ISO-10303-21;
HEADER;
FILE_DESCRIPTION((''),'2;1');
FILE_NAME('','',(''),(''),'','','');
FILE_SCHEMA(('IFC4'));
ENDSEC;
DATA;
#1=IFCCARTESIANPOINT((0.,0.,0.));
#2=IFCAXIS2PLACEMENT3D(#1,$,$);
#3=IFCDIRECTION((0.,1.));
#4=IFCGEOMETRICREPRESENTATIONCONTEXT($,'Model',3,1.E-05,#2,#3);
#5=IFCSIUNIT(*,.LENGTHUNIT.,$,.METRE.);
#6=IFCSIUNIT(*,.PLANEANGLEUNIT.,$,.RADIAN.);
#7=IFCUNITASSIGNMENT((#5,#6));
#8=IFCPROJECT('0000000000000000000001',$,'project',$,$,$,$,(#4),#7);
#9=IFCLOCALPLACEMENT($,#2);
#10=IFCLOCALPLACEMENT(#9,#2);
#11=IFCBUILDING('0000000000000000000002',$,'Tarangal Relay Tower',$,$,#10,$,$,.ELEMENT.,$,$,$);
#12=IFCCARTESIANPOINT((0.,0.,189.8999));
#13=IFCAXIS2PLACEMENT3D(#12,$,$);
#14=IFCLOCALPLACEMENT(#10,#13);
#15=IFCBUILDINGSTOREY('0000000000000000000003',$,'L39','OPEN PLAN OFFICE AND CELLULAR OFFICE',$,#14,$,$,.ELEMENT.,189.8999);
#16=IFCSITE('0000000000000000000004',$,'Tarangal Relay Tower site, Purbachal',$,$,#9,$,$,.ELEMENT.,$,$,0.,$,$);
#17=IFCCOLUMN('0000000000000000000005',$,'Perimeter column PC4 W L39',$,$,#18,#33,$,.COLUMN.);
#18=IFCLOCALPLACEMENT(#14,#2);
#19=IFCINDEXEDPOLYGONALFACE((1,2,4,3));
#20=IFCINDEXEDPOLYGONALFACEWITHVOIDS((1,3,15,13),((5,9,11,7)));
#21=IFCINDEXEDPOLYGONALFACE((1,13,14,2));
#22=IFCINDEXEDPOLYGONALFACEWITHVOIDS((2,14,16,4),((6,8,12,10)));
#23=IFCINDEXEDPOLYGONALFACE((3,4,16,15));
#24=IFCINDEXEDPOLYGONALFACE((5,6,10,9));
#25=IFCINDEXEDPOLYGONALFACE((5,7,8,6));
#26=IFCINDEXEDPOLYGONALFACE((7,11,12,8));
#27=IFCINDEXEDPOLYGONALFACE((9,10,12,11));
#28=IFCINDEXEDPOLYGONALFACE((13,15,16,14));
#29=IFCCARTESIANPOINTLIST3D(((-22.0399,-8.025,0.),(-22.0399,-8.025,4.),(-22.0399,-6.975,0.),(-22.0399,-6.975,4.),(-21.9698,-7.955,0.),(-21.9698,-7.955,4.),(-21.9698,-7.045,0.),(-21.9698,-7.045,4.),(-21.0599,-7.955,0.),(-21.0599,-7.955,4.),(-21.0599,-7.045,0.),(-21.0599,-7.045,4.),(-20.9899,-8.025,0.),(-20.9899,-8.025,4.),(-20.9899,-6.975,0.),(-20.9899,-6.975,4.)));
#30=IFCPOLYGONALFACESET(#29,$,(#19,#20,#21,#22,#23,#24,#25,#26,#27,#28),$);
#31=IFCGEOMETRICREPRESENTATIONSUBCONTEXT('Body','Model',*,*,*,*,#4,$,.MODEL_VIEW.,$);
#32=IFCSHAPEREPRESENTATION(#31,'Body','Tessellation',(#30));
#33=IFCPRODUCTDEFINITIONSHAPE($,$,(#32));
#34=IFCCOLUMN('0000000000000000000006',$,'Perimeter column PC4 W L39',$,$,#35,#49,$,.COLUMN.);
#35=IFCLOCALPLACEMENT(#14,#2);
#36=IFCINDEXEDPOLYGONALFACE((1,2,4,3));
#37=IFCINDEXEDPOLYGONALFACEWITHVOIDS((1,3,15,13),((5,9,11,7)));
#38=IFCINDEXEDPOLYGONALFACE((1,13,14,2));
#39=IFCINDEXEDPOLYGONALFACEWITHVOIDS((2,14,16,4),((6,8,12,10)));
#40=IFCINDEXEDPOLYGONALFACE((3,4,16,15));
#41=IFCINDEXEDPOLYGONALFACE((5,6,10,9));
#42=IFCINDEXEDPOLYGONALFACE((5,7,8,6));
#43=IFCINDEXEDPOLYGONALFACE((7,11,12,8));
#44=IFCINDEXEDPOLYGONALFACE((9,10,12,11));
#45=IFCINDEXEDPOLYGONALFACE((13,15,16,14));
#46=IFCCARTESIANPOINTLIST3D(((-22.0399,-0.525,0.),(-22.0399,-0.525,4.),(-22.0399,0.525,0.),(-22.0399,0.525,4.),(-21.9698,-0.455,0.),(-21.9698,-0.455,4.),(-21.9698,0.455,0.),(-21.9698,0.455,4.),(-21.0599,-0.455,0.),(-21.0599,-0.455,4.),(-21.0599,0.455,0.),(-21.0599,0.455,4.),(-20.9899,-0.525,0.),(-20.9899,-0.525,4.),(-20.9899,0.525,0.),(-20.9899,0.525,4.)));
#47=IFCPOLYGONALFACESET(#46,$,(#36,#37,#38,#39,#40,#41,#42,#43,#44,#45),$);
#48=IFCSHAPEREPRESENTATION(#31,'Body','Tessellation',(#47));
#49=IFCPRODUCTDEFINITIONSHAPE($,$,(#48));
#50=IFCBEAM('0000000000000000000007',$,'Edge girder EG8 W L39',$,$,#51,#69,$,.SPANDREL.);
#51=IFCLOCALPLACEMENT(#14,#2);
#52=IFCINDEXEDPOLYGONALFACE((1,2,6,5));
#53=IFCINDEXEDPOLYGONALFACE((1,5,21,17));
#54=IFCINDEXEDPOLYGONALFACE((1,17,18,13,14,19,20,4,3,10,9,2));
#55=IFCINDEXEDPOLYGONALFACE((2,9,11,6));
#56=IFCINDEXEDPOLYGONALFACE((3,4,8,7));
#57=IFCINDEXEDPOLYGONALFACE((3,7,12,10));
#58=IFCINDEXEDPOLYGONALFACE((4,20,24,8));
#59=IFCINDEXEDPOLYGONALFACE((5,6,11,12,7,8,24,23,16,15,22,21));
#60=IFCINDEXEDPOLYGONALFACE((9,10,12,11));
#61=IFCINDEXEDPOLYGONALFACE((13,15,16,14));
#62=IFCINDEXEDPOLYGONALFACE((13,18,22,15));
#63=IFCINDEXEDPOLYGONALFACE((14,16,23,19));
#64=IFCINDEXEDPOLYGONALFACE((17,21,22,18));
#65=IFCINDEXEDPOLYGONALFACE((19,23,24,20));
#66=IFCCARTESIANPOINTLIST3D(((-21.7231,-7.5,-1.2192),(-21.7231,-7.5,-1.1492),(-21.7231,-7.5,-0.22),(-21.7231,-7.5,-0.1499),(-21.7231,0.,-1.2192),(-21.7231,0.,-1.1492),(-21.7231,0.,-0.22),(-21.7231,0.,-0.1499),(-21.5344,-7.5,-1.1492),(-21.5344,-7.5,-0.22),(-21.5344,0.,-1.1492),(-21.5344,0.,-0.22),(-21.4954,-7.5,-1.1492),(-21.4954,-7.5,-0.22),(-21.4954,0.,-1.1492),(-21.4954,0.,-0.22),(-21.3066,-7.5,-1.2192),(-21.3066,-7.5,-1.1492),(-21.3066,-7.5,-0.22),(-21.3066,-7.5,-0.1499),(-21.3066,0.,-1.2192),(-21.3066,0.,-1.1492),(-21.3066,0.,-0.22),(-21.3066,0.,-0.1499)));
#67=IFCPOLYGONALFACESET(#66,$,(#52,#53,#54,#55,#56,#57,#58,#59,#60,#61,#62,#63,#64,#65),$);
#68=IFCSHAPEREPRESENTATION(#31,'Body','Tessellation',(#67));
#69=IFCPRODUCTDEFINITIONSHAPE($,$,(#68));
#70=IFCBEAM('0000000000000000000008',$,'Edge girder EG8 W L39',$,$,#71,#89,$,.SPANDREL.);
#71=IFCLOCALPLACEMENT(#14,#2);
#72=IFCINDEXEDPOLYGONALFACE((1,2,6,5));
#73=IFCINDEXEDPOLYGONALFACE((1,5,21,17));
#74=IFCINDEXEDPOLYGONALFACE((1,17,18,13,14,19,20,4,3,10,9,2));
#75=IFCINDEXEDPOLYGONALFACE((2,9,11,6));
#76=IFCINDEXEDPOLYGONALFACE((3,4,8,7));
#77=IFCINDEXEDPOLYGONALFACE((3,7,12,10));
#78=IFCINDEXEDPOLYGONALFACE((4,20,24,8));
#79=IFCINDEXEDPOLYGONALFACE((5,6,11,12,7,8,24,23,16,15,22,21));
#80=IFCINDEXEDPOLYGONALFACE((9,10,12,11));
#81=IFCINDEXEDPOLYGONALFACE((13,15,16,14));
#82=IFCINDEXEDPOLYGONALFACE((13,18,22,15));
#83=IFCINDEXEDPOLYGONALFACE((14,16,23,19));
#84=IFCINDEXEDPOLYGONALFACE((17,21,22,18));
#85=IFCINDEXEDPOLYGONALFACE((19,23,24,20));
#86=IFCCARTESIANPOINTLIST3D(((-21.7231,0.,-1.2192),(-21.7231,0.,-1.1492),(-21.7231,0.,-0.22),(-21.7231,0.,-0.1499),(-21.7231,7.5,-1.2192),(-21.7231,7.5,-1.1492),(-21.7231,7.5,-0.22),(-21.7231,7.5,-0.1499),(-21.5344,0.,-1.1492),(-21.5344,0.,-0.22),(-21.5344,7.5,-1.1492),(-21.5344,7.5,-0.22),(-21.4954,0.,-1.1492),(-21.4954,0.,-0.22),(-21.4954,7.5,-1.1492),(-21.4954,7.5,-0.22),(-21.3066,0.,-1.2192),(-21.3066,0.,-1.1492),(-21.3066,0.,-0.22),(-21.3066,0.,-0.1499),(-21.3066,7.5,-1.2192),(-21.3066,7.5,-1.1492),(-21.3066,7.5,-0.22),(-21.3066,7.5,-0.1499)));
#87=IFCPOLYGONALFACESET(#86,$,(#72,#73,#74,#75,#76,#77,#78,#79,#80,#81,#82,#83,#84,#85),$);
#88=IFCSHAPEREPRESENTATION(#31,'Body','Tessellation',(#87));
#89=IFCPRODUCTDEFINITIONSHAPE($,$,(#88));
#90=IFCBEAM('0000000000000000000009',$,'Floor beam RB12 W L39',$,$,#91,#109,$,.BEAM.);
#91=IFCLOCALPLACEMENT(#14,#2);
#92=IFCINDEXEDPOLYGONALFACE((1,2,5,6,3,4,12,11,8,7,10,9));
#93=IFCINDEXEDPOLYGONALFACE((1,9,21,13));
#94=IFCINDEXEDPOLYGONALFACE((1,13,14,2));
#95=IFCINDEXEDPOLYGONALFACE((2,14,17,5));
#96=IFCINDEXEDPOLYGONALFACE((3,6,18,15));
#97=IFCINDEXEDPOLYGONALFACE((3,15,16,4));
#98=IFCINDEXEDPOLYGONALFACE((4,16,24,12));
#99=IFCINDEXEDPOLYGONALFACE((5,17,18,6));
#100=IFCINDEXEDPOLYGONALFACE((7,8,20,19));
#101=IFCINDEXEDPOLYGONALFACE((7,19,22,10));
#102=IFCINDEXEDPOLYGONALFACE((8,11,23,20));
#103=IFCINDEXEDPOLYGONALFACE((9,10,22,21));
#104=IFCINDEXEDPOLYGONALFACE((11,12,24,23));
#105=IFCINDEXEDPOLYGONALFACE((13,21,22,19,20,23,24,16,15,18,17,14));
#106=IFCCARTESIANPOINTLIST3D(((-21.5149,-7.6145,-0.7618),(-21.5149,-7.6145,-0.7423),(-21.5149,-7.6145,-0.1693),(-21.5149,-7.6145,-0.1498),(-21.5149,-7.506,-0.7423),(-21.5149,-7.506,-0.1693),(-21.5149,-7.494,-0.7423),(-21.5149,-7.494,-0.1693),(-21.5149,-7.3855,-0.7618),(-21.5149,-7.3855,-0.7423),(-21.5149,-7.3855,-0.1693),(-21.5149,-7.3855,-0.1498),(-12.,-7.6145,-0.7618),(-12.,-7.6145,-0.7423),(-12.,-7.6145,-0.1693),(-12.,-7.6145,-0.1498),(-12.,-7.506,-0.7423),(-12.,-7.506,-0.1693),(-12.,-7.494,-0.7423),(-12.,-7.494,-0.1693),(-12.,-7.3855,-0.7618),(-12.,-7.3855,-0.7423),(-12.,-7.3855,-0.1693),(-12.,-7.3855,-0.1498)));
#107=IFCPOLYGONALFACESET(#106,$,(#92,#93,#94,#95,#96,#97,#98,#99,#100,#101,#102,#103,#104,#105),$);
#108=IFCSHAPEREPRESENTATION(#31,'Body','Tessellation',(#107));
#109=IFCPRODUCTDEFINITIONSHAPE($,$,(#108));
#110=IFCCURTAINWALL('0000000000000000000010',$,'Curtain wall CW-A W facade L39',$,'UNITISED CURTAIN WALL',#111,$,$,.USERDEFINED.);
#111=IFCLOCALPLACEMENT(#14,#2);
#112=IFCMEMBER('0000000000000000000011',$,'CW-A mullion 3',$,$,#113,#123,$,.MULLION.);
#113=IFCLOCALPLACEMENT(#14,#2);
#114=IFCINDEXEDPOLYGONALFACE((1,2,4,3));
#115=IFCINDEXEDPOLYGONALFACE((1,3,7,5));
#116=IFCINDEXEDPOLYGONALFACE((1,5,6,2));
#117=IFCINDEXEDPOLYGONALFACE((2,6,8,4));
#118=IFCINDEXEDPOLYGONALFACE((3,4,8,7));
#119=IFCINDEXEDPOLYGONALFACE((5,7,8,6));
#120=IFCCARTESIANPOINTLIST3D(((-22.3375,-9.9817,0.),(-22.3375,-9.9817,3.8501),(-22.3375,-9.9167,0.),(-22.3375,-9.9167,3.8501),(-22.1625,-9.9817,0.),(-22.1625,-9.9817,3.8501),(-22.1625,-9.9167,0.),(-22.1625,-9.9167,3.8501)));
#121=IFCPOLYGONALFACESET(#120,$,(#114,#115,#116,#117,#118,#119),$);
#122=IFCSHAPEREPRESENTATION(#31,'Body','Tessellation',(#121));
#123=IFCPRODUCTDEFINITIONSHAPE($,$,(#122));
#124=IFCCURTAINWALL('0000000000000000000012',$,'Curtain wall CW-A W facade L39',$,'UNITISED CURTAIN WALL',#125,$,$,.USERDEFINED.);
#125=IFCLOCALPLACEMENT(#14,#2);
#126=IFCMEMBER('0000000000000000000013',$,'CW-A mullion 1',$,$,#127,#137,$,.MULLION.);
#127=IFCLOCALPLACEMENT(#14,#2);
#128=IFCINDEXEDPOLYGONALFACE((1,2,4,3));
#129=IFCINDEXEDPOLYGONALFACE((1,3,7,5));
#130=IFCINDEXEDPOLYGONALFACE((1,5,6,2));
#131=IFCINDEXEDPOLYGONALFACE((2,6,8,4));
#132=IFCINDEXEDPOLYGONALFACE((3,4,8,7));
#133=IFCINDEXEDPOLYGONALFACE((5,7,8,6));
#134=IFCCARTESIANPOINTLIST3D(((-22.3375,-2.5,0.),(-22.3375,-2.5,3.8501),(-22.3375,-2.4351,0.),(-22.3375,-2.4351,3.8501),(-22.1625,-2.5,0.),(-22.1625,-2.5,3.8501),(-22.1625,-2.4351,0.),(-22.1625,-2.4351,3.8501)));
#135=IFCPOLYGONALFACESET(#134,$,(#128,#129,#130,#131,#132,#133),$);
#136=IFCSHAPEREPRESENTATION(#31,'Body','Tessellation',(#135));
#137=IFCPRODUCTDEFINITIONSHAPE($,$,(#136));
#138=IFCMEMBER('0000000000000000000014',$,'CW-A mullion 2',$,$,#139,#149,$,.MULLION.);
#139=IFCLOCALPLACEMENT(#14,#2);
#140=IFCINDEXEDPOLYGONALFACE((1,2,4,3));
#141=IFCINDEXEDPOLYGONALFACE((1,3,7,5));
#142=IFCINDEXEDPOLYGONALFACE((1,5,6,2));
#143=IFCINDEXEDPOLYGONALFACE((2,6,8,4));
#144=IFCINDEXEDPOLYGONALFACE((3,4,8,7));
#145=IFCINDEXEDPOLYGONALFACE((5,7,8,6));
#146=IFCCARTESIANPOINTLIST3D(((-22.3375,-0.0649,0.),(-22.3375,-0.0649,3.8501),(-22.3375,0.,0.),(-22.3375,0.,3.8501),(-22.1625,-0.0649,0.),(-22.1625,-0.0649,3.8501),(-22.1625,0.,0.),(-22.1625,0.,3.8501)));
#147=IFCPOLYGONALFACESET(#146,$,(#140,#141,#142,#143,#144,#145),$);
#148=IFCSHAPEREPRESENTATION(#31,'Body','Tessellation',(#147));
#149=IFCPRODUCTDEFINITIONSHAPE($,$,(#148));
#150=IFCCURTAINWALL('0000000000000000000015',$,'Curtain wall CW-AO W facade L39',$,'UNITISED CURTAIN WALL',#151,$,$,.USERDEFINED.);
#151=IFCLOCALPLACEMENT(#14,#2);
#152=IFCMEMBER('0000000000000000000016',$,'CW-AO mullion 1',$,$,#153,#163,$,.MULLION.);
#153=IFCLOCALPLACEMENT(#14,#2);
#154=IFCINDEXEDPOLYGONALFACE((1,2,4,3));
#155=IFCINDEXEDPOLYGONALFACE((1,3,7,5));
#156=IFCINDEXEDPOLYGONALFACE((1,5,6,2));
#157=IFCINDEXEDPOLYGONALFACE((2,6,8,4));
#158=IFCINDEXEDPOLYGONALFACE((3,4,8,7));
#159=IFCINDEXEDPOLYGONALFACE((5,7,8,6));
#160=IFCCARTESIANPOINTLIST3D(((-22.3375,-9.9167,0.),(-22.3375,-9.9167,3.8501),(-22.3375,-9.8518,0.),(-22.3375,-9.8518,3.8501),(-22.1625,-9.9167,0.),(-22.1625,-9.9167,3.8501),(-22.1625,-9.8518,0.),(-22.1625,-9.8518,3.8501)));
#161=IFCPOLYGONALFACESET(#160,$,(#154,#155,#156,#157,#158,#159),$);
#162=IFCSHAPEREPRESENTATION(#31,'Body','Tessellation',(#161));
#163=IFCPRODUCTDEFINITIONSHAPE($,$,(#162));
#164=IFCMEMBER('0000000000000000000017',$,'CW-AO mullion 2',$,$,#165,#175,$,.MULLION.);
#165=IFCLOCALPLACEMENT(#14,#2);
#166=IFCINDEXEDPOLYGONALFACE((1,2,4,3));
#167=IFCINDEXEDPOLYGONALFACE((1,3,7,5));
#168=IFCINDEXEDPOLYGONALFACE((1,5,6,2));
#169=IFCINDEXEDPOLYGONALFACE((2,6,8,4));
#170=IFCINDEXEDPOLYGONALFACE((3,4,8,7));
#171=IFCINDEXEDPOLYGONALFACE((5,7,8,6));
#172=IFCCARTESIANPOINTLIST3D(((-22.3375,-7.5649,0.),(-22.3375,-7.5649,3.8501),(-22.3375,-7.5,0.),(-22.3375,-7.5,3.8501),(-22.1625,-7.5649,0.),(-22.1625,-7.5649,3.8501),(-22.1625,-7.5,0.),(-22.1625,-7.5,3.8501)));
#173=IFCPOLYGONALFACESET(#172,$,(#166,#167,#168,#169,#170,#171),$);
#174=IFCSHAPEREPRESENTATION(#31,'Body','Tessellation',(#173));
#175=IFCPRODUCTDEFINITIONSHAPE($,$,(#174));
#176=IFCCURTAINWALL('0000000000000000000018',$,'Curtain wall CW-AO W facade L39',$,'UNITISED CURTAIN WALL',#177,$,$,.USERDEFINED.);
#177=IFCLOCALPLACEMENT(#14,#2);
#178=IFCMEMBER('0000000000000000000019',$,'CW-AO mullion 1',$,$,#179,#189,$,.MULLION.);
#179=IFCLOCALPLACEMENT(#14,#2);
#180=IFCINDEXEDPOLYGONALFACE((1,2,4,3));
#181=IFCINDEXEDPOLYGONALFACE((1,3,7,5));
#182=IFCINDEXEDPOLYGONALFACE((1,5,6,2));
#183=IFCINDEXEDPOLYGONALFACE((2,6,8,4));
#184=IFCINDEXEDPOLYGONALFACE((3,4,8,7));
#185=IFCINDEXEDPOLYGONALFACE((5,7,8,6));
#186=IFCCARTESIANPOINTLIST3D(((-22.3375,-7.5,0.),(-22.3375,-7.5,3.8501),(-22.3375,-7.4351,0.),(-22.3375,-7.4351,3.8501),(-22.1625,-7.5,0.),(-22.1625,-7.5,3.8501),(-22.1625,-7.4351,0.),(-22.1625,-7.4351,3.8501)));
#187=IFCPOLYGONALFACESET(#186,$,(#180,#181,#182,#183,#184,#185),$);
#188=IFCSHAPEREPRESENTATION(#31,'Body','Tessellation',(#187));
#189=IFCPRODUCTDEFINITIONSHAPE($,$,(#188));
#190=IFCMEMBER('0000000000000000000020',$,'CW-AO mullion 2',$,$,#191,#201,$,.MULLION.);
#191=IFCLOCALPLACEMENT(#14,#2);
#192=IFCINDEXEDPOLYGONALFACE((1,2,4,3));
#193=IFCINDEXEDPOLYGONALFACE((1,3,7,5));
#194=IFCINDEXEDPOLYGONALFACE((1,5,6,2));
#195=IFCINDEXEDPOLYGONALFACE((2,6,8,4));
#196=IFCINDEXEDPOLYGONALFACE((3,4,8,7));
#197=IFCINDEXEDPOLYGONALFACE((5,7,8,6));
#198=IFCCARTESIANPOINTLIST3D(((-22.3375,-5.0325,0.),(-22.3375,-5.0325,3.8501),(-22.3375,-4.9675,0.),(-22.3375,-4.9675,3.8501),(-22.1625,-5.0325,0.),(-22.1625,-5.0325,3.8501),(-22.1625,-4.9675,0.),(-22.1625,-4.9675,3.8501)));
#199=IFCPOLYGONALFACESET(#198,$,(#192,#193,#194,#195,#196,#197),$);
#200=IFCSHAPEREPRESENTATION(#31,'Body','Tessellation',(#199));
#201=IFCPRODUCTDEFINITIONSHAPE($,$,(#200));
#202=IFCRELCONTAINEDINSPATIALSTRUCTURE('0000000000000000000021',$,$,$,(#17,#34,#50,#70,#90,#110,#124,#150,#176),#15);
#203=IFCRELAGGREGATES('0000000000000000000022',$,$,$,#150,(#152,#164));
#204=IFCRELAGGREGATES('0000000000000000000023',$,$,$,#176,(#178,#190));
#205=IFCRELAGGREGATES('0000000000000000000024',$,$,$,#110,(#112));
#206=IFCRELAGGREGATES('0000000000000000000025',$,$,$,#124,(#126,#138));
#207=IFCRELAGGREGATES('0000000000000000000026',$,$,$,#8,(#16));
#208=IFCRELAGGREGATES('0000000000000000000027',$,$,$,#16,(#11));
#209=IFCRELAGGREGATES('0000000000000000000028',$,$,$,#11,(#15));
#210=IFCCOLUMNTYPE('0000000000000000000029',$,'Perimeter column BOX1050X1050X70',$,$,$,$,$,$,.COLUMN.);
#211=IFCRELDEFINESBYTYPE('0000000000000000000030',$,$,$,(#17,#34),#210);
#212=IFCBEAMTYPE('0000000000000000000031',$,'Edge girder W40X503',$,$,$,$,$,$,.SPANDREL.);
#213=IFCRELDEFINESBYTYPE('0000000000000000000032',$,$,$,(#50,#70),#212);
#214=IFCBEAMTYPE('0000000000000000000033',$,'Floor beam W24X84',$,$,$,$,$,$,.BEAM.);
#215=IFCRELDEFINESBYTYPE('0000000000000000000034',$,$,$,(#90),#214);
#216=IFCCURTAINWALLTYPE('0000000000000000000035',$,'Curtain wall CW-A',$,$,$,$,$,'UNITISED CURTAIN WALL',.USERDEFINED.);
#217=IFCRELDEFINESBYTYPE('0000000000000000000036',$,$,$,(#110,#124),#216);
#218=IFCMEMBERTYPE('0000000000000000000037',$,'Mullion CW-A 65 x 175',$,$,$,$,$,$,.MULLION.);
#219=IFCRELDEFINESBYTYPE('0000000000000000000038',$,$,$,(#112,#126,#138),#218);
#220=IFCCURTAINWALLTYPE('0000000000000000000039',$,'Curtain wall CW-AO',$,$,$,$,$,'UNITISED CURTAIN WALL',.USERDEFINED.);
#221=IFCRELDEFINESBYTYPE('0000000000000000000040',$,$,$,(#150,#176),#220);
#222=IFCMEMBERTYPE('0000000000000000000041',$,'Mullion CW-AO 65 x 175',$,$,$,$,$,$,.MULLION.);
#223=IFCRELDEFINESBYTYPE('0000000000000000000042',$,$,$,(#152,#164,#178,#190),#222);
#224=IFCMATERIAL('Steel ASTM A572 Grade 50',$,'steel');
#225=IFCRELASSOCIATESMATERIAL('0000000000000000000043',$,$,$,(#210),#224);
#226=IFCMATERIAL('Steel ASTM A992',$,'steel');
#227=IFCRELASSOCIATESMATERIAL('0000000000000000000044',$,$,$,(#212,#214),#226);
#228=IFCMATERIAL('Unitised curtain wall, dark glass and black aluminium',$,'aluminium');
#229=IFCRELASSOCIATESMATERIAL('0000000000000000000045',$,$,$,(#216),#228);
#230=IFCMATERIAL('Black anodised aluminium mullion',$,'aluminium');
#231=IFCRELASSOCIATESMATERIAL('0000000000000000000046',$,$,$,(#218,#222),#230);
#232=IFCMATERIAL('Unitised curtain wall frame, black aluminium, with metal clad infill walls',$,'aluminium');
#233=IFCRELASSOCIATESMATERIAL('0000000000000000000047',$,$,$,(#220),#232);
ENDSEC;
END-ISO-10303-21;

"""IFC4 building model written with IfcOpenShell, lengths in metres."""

from ifc_helpers import new_model, si_unit, direction, frame, origin, origin_2d, place, context, subcontext, project, spatial, rectangle, hollow_rectangle, i_section, extrude, material, material_profile, profile_set, type_object, element, aggregate, save


model = new_model("IFC4")

# Units and contexts
model_context = context("Model", 3, precision=1e-05, world=origin(), true_north=direction((0.0, 1.0)))
body_context = subcontext(model_context, "Body", "Model", "MODEL_VIEW")
ifc_project = project(units=[si_unit("LENGTHUNIT", "METRE"), si_unit("PLANEANGLEUNIT", "RADIAN")], contexts=[model_context])

# Site, building, storey
site_placement = place(None, origin())
site = spatial("IfcSite", under=ifc_project, at=site_placement, Name="Tarangal Relay Tower site, Purbachal", CompositionType="ELEMENT", RefElevation=0.0)
building_placement = place(site_placement, origin())
building = spatial("IfcBuilding", under=site, at=building_placement, Name="Tarangal Relay Tower", CompositionType="ELEMENT")
storey_placement = place(building_placement, frame((0.0, 0.0, 189.8999)))
storey = spatial("IfcBuildingStorey", under=building, at=storey_placement, Name="L39", Description="OPEN PLAN OFFICE AND CELLULAR OFFICE", CompositionType="ELEMENT", Elevation=189.8999)

# Columns
ifc_material_1 = material(Name="Steel ASTM A572 Grade 50", Category="steel")
ifc_material_profile_1 = material_profile(ifc_material_1, hollow_rectangle(XDim=1.05, YDim=1.05, WallThickness=0.0701, at=origin_2d()), Name="BOX1050X1050X70")
ifc_profile_set_1 = profile_set([ifc_material_profile_1], Name="Steel ASTM A572 Grade 50")
column_type = type_object("IfcColumnType", Name="Perimeter column BOX1050X1050X70", PredefinedType="COLUMN", material=ifc_profile_set_1)
for number, where, z_axis, x_axis, name in (
    (1, (-21.5149, -7.5, 0.0), (0.0, 0.0, 1.0), (1.0, 0.0, 0.0), "Perimeter column PC4 W L39"),
    (2, (-21.5149, 0.0, 0.0), (0.0, 0.0, 1.0), (1.0, 0.0, 0.0), "Perimeter column PC4 W L39"),
):
    element("IfcColumn", number, at=place(storey_placement, frame(where, z_axis=z_axis, x_axis=x_axis)), inside=storey, type_object=column_type, Name=name, PredefinedType="COLUMN", context=body_context, shape_type="SweptSolid", body=[
        extrude(hollow_rectangle(XDim=1.05, YDim=1.05, WallThickness=0.0701, at=origin_2d()), origin(), (0.0, 0.0, 1.0), 4.0),
    ])

# Beams
ifc_material_2 = material(Name="Steel ASTM A992", Category="steel")
ifc_material_profile_2 = material_profile(ifc_material_2, i_section(OverallWidth=0.4165, OverallDepth=1.0693, WebThickness=0.0391, FlangeThickness=0.0701, at=origin_2d()), Name="W40X503")
ifc_profile_set_2 = profile_set([ifc_material_profile_2], Name="Steel ASTM A992")
beam_type_1 = type_object("IfcBeamType", Name="Edge girder W40X503", PredefinedType="SPANDREL", material=ifc_profile_set_2)
for number, where, z_axis, x_axis, name in (
    (3, (-21.5149, -7.5, -0.6846), (0.0, 1.0, 0.0), (-1.0, 0.0, 0.0), "Edge girder EG8 W L39"),
    (4, (-21.5149, 0.0, -0.6846), (0.0, 1.0, 0.0), (-1.0, 0.0, 0.0), "Edge girder EG8 W L39"),
):
    element("IfcBeam", number, at=place(storey_placement, frame(where, z_axis=z_axis, x_axis=x_axis)), inside=storey, type_object=beam_type_1, Name=name, PredefinedType="SPANDREL", context=body_context, shape_type="SweptSolid", body=[
        extrude(i_section(OverallWidth=0.4165, OverallDepth=1.0693, WebThickness=0.0391, FlangeThickness=0.0701, at=origin_2d()), origin(), (0.0, 0.0, 1.0), 7.5),
    ])
ifc_material_profile_3 = material_profile(ifc_material_2, i_section(OverallWidth=0.229, OverallDepth=0.6121, WebThickness=0.012, FlangeThickness=0.0195, at=origin_2d()), Name="W24X84")
ifc_profile_set_3 = profile_set([ifc_material_profile_3], Name="Steel ASTM A992")
beam_type_2 = type_object("IfcBeamType", Name="Floor beam W24X84", PredefinedType="BEAM", material=ifc_profile_set_3)
beam_placement = place(storey_placement, frame((-12.0, -7.5, -0.4558), z_axis=(-1.0, 0.0, 0.0), x_axis=(0.0, -1.0, 0.0)))
element("IfcBeam", 5, at=beam_placement, inside=storey, type_object=beam_type_2, Name="Floor beam RB12 W L39", PredefinedType="BEAM", context=body_context, shape_type="SweptSolid", body=[
    extrude(i_section(OverallWidth=0.229, OverallDepth=0.6121, WebThickness=0.012, FlangeThickness=0.0195, at=origin_2d()), origin(), (0.0, 0.0, 1.0), 9.5149),
])

# Curtain wall, member
ifc_material_3 = material(Name="Unitised curtain wall, dark glass and black aluminium", Category="aluminium")
curtain_wall_type_1 = type_object("IfcCurtainWallType", Name="Curtain wall CW-A", ElementType="UNITISED CURTAIN WALL", PredefinedType="USERDEFINED", material=ifc_material_3)
curtain_wall_1_placement = place(storey_placement, origin())
curtain_wall_1 = element("IfcCurtainWall", 6, at=curtain_wall_1_placement, inside=storey, type_object=curtain_wall_type_1, Name="Curtain wall CW-A W facade L39", ObjectType="UNITISED CURTAIN WALL", PredefinedType="USERDEFINED")
ifc_material_4 = material(Name="Black anodised aluminium mullion", Category="aluminium")
ifc_material_profile_4 = material_profile(ifc_material_4, rectangle(XDim=0.175, YDim=0.0649, at=origin_2d()), Name="CW-AM 65X175")
ifc_profile_set_4 = profile_set([ifc_material_profile_4], Name="Black anodised aluminium mullion")
member_type_1 = type_object("IfcMemberType", Name="Mullion CW-A 65 x 175", PredefinedType="MULLION", material=ifc_profile_set_4)
member_1_placement = place(storey_placement, frame((-22.25, -9.9492, 0.0), z_axis=(0.0, 0.0, 1.0), x_axis=(-1.0, 0.0, 0.0)))
member_1 = element("IfcMember", 7, at=member_1_placement, type_object=member_type_1, Name="CW-A mullion 3", PredefinedType="MULLION", context=body_context, shape_type="SweptSolid", body=[
    extrude(rectangle(XDim=0.175, YDim=0.0649, at=origin_2d()), origin(), (0.0, 0.0, 1.0), 3.8501),
])

# Curtain walls, members
curtain_wall_2_placement = place(storey_placement, origin())
curtain_wall_2 = element("IfcCurtainWall", 8, at=curtain_wall_2_placement, inside=storey, type_object=curtain_wall_type_1, Name="Curtain wall CW-A W facade L39", ObjectType="UNITISED CURTAIN WALL", PredefinedType="USERDEFINED")
member_2_placement = place(storey_placement, frame((-22.25, -2.4675, 0.0), z_axis=(0.0, 0.0, 1.0), x_axis=(-1.0, 0.0, 0.0)))
member_2 = element("IfcMember", 9, at=member_2_placement, type_object=member_type_1, Name="CW-A mullion 1", PredefinedType="MULLION", context=body_context, shape_type="SweptSolid", body=[
    extrude(rectangle(XDim=0.175, YDim=0.0649, at=origin_2d()), origin(), (0.0, 0.0, 1.0), 3.8501),
])
member_3_placement = place(storey_placement, frame((-22.25, -0.0325, 0.0), z_axis=(0.0, 0.0, 1.0), x_axis=(-1.0, 0.0, 0.0)))
member_3 = element("IfcMember", 10, at=member_3_placement, type_object=member_type_1, Name="CW-A mullion 2", PredefinedType="MULLION", context=body_context, shape_type="SweptSolid", body=[
    extrude(rectangle(XDim=0.175, YDim=0.0649, at=origin_2d()), origin(), (0.0, 0.0, 1.0), 3.8501),
])
ifc_material_5 = material(Name="Unitised curtain wall frame, black aluminium, with metal clad infill walls", Category="aluminium")
curtain_wall_type_2 = type_object("IfcCurtainWallType", Name="Curtain wall CW-AO", ElementType="UNITISED CURTAIN WALL", PredefinedType="USERDEFINED", material=ifc_material_5)
curtain_wall_3_placement = place(storey_placement, origin())
curtain_wall_3 = element("IfcCurtainWall", 11, at=curtain_wall_3_placement, inside=storey, type_object=curtain_wall_type_2, Name="Curtain wall CW-AO W facade L39", ObjectType="UNITISED CURTAIN WALL", PredefinedType="USERDEFINED")
ifc_material_profile_5 = material_profile(ifc_material_4, rectangle(XDim=0.175, YDim=0.0649, at=origin_2d()), Name="CW-AOM 65X175")
ifc_profile_set_5 = profile_set([ifc_material_profile_5], Name="Black anodised aluminium mullion")
member_type_2 = type_object("IfcMemberType", Name="Mullion CW-AO 65 x 175", PredefinedType="MULLION", material=ifc_profile_set_5)
member_4_placement = place(storey_placement, frame((-22.25, -9.8843, 0.0), z_axis=(0.0, 0.0, 1.0), x_axis=(-1.0, 0.0, 0.0)))
member_4 = element("IfcMember", 12, at=member_4_placement, type_object=member_type_2, Name="CW-AO mullion 1", PredefinedType="MULLION", context=body_context, shape_type="SweptSolid", body=[
    extrude(rectangle(XDim=0.175, YDim=0.0649, at=origin_2d()), origin(), (0.0, 0.0, 1.0), 3.8501),
])
member_5_placement = place(storey_placement, frame((-22.25, -7.5325, 0.0), z_axis=(0.0, 0.0, 1.0), x_axis=(-1.0, 0.0, 0.0)))
member_5 = element("IfcMember", 13, at=member_5_placement, type_object=member_type_2, Name="CW-AO mullion 2", PredefinedType="MULLION", context=body_context, shape_type="SweptSolid", body=[
    extrude(rectangle(XDim=0.175, YDim=0.0649, at=origin_2d()), origin(), (0.0, 0.0, 1.0), 3.8501),
])
curtain_wall_4_placement = place(storey_placement, origin())
curtain_wall_4 = element("IfcCurtainWall", 14, at=curtain_wall_4_placement, inside=storey, type_object=curtain_wall_type_2, Name="Curtain wall CW-AO W facade L39", ObjectType="UNITISED CURTAIN WALL", PredefinedType="USERDEFINED")
member_6_placement = place(storey_placement, frame((-22.25, -7.4675, 0.0), z_axis=(0.0, 0.0, 1.0), x_axis=(-1.0, 0.0, 0.0)))
member_6 = element("IfcMember", 15, at=member_6_placement, type_object=member_type_2, Name="CW-AO mullion 1", PredefinedType="MULLION", context=body_context, shape_type="SweptSolid", body=[
    extrude(rectangle(XDim=0.175, YDim=0.0649, at=origin_2d()), origin(), (0.0, 0.0, 1.0), 3.8501),
])
member_7_placement = place(storey_placement, frame((-22.25, -5.0, 0.0), z_axis=(0.0, 0.0, 1.0), x_axis=(-1.0, 0.0, 0.0)))
member_7 = element("IfcMember", 16, at=member_7_placement, type_object=member_type_2, Name="CW-AO mullion 2", PredefinedType="MULLION", context=body_context, shape_type="SweptSolid", body=[
    extrude(rectangle(XDim=0.175, YDim=0.0649, at=origin_2d()), origin(), (0.0, 0.0, 1.0), 3.8501),
])

aggregate(curtain_wall_3, [member_4, member_5])
aggregate(curtain_wall_4, [member_6, member_7])

aggregate(curtain_wall_1, [member_1])
aggregate(curtain_wall_2, [member_2, member_3])

save(model, "model.ifc")
